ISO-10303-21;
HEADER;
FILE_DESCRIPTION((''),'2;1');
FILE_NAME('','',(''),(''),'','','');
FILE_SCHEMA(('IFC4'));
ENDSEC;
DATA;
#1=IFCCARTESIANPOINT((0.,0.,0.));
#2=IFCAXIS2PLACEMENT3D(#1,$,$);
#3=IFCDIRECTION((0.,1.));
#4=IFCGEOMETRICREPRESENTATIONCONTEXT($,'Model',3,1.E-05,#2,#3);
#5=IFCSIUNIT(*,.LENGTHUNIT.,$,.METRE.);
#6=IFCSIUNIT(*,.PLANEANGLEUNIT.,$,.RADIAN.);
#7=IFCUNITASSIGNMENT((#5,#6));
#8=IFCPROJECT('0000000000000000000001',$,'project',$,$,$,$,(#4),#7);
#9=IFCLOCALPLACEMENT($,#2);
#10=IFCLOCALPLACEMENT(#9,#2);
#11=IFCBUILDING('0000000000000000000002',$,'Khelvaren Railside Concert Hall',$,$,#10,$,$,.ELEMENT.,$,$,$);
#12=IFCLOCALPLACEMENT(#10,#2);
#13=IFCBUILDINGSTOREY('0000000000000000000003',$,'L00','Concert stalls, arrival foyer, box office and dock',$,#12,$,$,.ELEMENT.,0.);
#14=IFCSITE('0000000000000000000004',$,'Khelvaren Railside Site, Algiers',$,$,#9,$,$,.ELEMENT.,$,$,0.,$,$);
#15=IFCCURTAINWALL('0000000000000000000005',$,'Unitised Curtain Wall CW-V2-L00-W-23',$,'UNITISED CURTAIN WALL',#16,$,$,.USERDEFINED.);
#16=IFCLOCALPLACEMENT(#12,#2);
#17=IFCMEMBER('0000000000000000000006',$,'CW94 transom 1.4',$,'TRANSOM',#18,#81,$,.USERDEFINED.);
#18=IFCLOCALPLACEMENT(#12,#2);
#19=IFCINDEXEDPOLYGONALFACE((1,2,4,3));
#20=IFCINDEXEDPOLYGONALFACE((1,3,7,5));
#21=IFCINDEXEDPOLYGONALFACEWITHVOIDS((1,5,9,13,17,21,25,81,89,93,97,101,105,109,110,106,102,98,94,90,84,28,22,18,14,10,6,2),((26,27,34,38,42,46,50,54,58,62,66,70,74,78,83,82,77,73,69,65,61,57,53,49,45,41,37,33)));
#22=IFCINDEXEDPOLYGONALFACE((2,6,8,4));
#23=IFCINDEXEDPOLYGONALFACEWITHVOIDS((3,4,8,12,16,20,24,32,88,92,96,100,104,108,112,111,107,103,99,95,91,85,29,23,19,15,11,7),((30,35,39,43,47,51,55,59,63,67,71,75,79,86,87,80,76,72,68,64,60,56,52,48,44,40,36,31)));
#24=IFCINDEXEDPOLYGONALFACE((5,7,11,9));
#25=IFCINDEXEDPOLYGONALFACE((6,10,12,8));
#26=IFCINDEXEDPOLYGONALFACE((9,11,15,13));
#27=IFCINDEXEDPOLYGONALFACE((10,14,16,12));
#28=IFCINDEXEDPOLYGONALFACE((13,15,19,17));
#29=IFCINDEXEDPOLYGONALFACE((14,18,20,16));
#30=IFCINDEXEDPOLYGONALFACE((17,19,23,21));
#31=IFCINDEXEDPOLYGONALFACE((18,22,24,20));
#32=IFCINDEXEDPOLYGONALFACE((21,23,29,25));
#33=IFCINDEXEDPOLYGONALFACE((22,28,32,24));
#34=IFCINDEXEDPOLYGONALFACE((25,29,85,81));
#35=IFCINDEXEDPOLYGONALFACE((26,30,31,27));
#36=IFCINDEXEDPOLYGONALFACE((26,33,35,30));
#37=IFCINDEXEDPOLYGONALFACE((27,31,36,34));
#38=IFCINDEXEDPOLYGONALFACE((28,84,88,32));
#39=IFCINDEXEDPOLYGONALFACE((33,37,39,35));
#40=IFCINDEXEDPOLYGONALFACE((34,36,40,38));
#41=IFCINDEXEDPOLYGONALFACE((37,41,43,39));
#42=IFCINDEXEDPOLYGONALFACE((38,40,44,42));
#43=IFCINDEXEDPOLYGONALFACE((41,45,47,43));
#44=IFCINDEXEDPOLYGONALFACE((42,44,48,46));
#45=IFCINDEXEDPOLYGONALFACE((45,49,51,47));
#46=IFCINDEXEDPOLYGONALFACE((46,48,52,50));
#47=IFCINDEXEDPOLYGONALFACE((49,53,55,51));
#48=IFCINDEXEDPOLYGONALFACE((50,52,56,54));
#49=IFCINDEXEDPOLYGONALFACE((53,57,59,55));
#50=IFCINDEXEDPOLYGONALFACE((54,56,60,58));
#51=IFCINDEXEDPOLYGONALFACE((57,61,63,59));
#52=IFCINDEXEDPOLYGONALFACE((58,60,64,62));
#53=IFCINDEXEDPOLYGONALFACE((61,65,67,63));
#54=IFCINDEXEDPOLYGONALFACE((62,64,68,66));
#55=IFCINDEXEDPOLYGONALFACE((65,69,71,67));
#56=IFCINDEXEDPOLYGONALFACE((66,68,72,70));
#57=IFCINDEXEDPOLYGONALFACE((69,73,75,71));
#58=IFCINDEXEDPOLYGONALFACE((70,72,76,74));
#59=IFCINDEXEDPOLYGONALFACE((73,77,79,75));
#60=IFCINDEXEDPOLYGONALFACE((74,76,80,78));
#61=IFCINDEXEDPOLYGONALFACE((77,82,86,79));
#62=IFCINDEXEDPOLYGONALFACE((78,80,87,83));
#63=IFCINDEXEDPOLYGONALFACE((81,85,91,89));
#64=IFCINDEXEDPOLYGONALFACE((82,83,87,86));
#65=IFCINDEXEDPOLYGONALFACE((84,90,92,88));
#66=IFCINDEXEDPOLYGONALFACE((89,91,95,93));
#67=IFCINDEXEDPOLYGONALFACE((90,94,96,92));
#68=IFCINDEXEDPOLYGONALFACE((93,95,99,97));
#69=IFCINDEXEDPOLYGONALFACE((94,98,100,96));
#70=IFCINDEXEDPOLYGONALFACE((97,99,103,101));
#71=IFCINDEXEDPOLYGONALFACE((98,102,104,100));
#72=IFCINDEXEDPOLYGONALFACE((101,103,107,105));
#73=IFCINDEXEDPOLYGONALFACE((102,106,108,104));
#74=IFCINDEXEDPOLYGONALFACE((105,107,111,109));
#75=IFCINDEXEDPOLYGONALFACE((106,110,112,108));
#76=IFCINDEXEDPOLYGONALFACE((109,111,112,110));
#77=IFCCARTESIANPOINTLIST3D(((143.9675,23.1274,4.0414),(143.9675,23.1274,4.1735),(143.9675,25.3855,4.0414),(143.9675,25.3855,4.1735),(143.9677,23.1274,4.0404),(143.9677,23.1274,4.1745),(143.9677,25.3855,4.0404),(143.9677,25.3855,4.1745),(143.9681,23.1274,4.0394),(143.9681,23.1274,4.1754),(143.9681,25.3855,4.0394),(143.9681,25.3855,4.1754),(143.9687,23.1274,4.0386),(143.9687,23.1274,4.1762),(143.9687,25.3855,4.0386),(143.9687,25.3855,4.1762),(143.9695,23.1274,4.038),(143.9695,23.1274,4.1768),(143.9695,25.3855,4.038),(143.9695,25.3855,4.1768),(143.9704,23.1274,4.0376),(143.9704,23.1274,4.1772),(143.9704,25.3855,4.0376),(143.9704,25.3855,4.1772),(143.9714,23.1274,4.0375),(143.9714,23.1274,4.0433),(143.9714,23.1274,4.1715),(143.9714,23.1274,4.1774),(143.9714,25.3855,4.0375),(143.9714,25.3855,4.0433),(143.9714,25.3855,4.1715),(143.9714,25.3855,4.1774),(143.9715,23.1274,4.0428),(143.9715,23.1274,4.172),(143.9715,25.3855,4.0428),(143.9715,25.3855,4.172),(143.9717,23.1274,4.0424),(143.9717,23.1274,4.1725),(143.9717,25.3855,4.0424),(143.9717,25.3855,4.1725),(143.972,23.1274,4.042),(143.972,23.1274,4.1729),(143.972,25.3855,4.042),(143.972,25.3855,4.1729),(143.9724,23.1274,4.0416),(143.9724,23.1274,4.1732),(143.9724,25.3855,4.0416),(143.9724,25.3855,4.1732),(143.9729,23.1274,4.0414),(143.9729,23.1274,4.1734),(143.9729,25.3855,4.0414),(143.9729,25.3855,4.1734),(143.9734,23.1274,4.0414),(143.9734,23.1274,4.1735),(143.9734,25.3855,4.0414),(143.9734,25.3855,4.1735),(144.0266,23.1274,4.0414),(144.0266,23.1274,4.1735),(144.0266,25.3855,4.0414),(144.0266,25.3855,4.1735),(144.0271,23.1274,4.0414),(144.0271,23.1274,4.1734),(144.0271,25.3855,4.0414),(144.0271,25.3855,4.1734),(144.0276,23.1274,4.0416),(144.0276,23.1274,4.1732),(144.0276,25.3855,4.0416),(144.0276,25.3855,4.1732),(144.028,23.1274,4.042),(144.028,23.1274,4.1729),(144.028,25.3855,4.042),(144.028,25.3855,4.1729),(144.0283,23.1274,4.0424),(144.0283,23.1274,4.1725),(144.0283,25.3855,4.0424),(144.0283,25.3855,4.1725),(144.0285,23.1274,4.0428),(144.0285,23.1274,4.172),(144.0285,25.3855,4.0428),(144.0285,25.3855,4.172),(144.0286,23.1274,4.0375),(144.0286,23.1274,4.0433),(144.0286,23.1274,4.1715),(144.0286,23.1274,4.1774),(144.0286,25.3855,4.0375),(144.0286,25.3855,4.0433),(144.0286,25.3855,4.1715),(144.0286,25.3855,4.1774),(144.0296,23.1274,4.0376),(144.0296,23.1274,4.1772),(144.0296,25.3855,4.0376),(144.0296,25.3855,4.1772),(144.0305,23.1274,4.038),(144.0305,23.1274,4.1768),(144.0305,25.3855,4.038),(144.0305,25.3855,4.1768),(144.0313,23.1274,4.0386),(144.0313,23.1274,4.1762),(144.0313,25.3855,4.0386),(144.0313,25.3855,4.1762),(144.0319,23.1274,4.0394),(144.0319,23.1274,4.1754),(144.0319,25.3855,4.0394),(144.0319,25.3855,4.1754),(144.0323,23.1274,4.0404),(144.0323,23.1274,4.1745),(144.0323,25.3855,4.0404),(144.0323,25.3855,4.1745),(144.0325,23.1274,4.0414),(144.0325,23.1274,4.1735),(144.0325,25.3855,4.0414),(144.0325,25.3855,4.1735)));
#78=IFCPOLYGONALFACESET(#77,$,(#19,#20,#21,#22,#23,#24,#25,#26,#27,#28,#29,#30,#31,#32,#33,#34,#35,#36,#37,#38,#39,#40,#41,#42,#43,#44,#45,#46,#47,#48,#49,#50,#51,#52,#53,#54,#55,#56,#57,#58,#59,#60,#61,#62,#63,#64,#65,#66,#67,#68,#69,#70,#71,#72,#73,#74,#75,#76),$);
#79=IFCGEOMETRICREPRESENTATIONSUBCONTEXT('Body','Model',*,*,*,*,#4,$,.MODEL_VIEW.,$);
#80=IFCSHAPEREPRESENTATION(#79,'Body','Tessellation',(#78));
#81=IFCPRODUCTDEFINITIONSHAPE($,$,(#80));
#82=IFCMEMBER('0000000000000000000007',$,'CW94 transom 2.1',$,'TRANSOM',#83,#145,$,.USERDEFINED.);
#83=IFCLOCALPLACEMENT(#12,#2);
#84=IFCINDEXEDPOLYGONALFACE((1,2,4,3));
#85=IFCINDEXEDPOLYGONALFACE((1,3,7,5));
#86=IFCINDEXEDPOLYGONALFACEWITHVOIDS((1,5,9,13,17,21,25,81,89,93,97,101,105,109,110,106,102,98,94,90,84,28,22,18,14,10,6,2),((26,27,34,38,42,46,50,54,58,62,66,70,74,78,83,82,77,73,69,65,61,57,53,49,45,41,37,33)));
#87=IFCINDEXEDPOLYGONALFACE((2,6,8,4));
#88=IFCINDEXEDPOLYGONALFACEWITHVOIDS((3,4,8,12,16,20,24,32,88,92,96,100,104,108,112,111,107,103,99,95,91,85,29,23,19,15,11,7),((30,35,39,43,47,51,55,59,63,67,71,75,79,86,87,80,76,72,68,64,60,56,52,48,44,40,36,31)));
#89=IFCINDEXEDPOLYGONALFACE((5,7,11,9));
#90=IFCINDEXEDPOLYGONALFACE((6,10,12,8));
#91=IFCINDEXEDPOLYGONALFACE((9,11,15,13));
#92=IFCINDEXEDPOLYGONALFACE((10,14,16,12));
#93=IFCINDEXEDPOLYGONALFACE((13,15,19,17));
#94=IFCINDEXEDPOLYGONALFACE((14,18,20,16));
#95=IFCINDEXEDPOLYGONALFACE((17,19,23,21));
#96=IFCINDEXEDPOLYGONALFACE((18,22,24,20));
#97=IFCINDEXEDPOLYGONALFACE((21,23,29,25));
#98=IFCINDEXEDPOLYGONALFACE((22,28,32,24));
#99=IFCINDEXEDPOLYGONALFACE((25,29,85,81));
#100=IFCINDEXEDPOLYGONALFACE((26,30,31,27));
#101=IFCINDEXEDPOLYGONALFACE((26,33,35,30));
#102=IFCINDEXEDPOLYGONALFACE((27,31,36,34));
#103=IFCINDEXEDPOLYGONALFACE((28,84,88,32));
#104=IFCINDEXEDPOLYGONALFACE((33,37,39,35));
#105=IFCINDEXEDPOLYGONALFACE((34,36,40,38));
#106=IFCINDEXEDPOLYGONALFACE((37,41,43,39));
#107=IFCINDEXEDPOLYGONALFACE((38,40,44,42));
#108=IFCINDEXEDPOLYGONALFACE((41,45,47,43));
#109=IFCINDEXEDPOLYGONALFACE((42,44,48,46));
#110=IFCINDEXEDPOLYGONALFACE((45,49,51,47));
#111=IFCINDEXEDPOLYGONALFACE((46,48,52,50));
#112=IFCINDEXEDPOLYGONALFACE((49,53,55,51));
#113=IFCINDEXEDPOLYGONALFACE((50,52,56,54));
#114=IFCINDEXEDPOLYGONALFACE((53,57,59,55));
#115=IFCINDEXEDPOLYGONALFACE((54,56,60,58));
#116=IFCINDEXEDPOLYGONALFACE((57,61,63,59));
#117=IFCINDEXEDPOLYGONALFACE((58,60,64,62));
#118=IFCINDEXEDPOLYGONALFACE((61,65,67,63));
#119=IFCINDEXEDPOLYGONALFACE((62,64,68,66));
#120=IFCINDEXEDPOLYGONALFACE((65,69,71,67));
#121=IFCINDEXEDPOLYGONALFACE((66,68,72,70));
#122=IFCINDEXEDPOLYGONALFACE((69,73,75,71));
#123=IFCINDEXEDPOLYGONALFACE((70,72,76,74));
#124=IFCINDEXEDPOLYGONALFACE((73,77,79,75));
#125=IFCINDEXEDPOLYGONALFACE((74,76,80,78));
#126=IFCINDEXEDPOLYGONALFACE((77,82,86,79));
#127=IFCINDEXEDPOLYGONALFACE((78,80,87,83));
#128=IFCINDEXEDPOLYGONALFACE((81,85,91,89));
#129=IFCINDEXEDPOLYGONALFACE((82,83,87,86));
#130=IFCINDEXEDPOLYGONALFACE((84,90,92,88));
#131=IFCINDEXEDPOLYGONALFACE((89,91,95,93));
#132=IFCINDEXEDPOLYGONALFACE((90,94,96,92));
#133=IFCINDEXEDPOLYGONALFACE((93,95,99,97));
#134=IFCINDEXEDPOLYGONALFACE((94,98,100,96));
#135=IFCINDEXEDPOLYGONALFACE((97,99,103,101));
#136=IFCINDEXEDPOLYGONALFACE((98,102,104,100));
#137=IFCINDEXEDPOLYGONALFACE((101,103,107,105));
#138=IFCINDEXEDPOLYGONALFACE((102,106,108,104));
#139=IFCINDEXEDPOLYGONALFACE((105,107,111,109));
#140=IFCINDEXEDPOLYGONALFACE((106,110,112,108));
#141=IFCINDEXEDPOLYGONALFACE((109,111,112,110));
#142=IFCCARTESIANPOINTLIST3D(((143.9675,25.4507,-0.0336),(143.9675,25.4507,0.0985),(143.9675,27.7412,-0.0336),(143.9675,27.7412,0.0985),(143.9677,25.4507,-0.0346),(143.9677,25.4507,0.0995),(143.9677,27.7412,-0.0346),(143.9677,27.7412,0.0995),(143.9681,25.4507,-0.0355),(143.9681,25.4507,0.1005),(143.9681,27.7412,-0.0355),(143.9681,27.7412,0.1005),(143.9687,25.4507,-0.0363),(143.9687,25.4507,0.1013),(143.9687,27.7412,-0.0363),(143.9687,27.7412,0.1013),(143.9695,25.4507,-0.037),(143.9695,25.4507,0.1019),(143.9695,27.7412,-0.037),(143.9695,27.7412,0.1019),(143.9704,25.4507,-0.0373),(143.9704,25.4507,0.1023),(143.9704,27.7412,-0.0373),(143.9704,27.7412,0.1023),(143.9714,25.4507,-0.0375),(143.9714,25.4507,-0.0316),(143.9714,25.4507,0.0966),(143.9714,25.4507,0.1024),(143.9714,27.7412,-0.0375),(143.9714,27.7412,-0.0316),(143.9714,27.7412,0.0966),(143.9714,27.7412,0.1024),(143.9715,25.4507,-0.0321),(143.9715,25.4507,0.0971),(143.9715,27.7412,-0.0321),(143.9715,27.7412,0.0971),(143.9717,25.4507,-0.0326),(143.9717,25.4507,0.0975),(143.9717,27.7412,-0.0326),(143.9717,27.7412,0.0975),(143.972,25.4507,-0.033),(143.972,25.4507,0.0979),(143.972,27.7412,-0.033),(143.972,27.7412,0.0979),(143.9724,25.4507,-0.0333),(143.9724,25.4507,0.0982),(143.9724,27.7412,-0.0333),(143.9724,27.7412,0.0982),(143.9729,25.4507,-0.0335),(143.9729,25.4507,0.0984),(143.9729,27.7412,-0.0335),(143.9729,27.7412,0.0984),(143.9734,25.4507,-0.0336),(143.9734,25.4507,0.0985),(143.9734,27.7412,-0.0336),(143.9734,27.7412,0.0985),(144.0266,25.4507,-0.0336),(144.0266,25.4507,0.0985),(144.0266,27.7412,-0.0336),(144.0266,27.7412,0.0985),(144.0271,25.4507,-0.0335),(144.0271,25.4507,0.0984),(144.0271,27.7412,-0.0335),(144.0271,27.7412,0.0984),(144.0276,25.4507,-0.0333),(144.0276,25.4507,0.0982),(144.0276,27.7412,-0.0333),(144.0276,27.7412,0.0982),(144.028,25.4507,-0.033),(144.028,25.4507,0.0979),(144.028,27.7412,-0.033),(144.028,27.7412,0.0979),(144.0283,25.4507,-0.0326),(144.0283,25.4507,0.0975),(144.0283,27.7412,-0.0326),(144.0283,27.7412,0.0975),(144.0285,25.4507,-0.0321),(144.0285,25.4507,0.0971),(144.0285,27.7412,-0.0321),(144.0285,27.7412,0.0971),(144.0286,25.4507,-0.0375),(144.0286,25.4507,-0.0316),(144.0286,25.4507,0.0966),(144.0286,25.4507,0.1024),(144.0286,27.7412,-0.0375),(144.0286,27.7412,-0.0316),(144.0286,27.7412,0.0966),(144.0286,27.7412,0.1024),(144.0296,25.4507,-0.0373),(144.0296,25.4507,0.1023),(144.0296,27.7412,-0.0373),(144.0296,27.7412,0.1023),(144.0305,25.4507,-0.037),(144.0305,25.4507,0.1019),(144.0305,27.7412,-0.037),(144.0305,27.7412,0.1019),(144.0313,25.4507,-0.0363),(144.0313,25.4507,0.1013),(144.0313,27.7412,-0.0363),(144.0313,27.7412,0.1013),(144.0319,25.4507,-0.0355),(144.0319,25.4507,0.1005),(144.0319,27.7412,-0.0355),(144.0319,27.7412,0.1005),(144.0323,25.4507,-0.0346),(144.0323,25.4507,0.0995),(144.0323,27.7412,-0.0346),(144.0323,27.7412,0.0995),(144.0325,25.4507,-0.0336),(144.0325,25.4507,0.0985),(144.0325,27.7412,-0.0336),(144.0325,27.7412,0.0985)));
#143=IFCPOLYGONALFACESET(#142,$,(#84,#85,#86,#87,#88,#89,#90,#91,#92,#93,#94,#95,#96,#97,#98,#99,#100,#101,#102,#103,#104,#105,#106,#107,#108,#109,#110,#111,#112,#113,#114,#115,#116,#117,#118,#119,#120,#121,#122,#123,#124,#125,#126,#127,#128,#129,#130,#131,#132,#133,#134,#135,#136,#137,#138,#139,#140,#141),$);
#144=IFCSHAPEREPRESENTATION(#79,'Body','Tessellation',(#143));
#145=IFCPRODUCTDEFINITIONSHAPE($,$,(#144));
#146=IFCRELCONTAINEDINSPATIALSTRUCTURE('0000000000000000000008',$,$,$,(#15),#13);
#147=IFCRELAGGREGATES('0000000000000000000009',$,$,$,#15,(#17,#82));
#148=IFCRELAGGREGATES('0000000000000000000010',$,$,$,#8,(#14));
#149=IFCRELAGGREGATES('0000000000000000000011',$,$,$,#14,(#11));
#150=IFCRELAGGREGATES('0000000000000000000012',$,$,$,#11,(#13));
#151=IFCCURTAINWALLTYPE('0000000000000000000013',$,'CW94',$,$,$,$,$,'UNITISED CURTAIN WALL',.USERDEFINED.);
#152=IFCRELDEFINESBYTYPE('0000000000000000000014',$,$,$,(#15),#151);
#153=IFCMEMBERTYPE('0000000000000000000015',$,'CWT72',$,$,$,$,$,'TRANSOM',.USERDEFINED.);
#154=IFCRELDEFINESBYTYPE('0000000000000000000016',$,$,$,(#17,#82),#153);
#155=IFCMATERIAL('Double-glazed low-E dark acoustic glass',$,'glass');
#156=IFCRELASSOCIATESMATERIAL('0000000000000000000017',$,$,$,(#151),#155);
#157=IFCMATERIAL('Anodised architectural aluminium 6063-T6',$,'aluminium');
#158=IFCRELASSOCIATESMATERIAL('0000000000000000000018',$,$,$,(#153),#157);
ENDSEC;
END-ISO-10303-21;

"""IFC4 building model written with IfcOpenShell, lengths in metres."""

from ifc_helpers import new_model, si_unit, direction, frame, origin, origin_2d, place, context, subcontext, project, spatial, hollow_rectangle, extrude, material, material_profile, profile_set, type_object, element, aggregate, save


model = new_model("IFC4")

# Units and contexts
model_context = context("Model", 3, precision=1e-05, world=origin(), true_north=direction((0.0, 1.0)))
body_context = subcontext(model_context, "Body", "Model", "MODEL_VIEW")
ifc_project = project(units=[si_unit("LENGTHUNIT", "METRE"), si_unit("PLANEANGLEUNIT", "RADIAN")], contexts=[model_context])

# Site, building, storey
site_placement = place(None, origin())
site = spatial("IfcSite", under=ifc_project, at=site_placement, Name="Khelvaren Railside Site, Algiers", CompositionType="ELEMENT", RefElevation=0.0)
building_placement = place(site_placement, origin())
building = spatial("IfcBuilding", under=site, at=building_placement, Name="Khelvaren Railside Concert Hall", CompositionType="ELEMENT")
storey_placement = place(building_placement, origin())
storey = spatial("IfcBuildingStorey", under=building, at=storey_placement, Name="L00", Description="Concert stalls, arrival foyer, box office and dock", CompositionType="ELEMENT", Elevation=0.0)

# Curtain wall, members
ifc_material_1 = material(Name="Double-glazed low-E dark acoustic glass", Category="glass")
curtain_wall_type = type_object("IfcCurtainWallType", Name="CW94", ElementType="UNITISED CURTAIN WALL", PredefinedType="USERDEFINED", material=ifc_material_1)
curtain_wall_placement = place(storey_placement, origin())
curtain_wall = element("IfcCurtainWall", 1, at=curtain_wall_placement, inside=storey, type_object=curtain_wall_type, Name="Unitised Curtain Wall CW-V2-L00-W-23", ObjectType="UNITISED CURTAIN WALL", PredefinedType="USERDEFINED")
ifc_material_2 = material(Name="Anodised architectural aluminium 6063-T6", Category="aluminium")
ifc_material_profile_1 = material_profile(ifc_material_2, hollow_rectangle(XDim=0.0649, YDim=0.1399, WallThickness=0.0039, InnerFilletRadius=0.002, OuterFilletRadius=0.0039, at=origin_2d()), Name="CWT 65x140x4")
ifc_profile_set_1 = profile_set([ifc_material_profile_1], Name="Anodised architectural aluminium 6063-T6")
member_type_1 = type_object("IfcMemberType", Name="CWT72", ElementType="TRANSOM", PredefinedType="USERDEFINED", material=ifc_profile_set_1)
member_1_placement = place(storey_placement, frame((144.0, 23.1274, 4.1074), z_axis=(0.0, 1.0, 0.0), x_axis=(-1.0, 0.0, 0.0)))
member_1 = element("IfcMember", 2, at=member_1_placement, type_object=member_type_1, Name="CW94 transom 1.4", ObjectType="TRANSOM", PredefinedType="USERDEFINED", context=body_context, shape_type="SweptSolid", body=[
    extrude(hollow_rectangle(XDim=0.0649, YDim=0.1399, WallThickness=0.0039, InnerFilletRadius=0.002, OuterFilletRadius=0.0039, at=origin_2d()), origin(), (0.0, 0.0, 1.0), 2.2581),
])
member_2_placement = place(storey_placement, frame((144.0, 25.4507, 0.0325), z_axis=(0.0, 1.0, 0.0), x_axis=(-1.0, 0.0, 0.0)))
member_2 = element("IfcMember", 3, at=member_2_placement, type_object=member_type_1, Name="CW94 transom 2.1", ObjectType="TRANSOM", PredefinedType="USERDEFINED", context=body_context, shape_type="SweptSolid", body=[
    extrude(hollow_rectangle(XDim=0.0649, YDim=0.1399, WallThickness=0.0039, InnerFilletRadius=0.002, OuterFilletRadius=0.0039, at=origin_2d()), origin(), (0.0, 0.0, 1.0), 2.2905),
])

aggregate(curtain_wall, [member_1, member_2])

save(model, "model.ifc")
